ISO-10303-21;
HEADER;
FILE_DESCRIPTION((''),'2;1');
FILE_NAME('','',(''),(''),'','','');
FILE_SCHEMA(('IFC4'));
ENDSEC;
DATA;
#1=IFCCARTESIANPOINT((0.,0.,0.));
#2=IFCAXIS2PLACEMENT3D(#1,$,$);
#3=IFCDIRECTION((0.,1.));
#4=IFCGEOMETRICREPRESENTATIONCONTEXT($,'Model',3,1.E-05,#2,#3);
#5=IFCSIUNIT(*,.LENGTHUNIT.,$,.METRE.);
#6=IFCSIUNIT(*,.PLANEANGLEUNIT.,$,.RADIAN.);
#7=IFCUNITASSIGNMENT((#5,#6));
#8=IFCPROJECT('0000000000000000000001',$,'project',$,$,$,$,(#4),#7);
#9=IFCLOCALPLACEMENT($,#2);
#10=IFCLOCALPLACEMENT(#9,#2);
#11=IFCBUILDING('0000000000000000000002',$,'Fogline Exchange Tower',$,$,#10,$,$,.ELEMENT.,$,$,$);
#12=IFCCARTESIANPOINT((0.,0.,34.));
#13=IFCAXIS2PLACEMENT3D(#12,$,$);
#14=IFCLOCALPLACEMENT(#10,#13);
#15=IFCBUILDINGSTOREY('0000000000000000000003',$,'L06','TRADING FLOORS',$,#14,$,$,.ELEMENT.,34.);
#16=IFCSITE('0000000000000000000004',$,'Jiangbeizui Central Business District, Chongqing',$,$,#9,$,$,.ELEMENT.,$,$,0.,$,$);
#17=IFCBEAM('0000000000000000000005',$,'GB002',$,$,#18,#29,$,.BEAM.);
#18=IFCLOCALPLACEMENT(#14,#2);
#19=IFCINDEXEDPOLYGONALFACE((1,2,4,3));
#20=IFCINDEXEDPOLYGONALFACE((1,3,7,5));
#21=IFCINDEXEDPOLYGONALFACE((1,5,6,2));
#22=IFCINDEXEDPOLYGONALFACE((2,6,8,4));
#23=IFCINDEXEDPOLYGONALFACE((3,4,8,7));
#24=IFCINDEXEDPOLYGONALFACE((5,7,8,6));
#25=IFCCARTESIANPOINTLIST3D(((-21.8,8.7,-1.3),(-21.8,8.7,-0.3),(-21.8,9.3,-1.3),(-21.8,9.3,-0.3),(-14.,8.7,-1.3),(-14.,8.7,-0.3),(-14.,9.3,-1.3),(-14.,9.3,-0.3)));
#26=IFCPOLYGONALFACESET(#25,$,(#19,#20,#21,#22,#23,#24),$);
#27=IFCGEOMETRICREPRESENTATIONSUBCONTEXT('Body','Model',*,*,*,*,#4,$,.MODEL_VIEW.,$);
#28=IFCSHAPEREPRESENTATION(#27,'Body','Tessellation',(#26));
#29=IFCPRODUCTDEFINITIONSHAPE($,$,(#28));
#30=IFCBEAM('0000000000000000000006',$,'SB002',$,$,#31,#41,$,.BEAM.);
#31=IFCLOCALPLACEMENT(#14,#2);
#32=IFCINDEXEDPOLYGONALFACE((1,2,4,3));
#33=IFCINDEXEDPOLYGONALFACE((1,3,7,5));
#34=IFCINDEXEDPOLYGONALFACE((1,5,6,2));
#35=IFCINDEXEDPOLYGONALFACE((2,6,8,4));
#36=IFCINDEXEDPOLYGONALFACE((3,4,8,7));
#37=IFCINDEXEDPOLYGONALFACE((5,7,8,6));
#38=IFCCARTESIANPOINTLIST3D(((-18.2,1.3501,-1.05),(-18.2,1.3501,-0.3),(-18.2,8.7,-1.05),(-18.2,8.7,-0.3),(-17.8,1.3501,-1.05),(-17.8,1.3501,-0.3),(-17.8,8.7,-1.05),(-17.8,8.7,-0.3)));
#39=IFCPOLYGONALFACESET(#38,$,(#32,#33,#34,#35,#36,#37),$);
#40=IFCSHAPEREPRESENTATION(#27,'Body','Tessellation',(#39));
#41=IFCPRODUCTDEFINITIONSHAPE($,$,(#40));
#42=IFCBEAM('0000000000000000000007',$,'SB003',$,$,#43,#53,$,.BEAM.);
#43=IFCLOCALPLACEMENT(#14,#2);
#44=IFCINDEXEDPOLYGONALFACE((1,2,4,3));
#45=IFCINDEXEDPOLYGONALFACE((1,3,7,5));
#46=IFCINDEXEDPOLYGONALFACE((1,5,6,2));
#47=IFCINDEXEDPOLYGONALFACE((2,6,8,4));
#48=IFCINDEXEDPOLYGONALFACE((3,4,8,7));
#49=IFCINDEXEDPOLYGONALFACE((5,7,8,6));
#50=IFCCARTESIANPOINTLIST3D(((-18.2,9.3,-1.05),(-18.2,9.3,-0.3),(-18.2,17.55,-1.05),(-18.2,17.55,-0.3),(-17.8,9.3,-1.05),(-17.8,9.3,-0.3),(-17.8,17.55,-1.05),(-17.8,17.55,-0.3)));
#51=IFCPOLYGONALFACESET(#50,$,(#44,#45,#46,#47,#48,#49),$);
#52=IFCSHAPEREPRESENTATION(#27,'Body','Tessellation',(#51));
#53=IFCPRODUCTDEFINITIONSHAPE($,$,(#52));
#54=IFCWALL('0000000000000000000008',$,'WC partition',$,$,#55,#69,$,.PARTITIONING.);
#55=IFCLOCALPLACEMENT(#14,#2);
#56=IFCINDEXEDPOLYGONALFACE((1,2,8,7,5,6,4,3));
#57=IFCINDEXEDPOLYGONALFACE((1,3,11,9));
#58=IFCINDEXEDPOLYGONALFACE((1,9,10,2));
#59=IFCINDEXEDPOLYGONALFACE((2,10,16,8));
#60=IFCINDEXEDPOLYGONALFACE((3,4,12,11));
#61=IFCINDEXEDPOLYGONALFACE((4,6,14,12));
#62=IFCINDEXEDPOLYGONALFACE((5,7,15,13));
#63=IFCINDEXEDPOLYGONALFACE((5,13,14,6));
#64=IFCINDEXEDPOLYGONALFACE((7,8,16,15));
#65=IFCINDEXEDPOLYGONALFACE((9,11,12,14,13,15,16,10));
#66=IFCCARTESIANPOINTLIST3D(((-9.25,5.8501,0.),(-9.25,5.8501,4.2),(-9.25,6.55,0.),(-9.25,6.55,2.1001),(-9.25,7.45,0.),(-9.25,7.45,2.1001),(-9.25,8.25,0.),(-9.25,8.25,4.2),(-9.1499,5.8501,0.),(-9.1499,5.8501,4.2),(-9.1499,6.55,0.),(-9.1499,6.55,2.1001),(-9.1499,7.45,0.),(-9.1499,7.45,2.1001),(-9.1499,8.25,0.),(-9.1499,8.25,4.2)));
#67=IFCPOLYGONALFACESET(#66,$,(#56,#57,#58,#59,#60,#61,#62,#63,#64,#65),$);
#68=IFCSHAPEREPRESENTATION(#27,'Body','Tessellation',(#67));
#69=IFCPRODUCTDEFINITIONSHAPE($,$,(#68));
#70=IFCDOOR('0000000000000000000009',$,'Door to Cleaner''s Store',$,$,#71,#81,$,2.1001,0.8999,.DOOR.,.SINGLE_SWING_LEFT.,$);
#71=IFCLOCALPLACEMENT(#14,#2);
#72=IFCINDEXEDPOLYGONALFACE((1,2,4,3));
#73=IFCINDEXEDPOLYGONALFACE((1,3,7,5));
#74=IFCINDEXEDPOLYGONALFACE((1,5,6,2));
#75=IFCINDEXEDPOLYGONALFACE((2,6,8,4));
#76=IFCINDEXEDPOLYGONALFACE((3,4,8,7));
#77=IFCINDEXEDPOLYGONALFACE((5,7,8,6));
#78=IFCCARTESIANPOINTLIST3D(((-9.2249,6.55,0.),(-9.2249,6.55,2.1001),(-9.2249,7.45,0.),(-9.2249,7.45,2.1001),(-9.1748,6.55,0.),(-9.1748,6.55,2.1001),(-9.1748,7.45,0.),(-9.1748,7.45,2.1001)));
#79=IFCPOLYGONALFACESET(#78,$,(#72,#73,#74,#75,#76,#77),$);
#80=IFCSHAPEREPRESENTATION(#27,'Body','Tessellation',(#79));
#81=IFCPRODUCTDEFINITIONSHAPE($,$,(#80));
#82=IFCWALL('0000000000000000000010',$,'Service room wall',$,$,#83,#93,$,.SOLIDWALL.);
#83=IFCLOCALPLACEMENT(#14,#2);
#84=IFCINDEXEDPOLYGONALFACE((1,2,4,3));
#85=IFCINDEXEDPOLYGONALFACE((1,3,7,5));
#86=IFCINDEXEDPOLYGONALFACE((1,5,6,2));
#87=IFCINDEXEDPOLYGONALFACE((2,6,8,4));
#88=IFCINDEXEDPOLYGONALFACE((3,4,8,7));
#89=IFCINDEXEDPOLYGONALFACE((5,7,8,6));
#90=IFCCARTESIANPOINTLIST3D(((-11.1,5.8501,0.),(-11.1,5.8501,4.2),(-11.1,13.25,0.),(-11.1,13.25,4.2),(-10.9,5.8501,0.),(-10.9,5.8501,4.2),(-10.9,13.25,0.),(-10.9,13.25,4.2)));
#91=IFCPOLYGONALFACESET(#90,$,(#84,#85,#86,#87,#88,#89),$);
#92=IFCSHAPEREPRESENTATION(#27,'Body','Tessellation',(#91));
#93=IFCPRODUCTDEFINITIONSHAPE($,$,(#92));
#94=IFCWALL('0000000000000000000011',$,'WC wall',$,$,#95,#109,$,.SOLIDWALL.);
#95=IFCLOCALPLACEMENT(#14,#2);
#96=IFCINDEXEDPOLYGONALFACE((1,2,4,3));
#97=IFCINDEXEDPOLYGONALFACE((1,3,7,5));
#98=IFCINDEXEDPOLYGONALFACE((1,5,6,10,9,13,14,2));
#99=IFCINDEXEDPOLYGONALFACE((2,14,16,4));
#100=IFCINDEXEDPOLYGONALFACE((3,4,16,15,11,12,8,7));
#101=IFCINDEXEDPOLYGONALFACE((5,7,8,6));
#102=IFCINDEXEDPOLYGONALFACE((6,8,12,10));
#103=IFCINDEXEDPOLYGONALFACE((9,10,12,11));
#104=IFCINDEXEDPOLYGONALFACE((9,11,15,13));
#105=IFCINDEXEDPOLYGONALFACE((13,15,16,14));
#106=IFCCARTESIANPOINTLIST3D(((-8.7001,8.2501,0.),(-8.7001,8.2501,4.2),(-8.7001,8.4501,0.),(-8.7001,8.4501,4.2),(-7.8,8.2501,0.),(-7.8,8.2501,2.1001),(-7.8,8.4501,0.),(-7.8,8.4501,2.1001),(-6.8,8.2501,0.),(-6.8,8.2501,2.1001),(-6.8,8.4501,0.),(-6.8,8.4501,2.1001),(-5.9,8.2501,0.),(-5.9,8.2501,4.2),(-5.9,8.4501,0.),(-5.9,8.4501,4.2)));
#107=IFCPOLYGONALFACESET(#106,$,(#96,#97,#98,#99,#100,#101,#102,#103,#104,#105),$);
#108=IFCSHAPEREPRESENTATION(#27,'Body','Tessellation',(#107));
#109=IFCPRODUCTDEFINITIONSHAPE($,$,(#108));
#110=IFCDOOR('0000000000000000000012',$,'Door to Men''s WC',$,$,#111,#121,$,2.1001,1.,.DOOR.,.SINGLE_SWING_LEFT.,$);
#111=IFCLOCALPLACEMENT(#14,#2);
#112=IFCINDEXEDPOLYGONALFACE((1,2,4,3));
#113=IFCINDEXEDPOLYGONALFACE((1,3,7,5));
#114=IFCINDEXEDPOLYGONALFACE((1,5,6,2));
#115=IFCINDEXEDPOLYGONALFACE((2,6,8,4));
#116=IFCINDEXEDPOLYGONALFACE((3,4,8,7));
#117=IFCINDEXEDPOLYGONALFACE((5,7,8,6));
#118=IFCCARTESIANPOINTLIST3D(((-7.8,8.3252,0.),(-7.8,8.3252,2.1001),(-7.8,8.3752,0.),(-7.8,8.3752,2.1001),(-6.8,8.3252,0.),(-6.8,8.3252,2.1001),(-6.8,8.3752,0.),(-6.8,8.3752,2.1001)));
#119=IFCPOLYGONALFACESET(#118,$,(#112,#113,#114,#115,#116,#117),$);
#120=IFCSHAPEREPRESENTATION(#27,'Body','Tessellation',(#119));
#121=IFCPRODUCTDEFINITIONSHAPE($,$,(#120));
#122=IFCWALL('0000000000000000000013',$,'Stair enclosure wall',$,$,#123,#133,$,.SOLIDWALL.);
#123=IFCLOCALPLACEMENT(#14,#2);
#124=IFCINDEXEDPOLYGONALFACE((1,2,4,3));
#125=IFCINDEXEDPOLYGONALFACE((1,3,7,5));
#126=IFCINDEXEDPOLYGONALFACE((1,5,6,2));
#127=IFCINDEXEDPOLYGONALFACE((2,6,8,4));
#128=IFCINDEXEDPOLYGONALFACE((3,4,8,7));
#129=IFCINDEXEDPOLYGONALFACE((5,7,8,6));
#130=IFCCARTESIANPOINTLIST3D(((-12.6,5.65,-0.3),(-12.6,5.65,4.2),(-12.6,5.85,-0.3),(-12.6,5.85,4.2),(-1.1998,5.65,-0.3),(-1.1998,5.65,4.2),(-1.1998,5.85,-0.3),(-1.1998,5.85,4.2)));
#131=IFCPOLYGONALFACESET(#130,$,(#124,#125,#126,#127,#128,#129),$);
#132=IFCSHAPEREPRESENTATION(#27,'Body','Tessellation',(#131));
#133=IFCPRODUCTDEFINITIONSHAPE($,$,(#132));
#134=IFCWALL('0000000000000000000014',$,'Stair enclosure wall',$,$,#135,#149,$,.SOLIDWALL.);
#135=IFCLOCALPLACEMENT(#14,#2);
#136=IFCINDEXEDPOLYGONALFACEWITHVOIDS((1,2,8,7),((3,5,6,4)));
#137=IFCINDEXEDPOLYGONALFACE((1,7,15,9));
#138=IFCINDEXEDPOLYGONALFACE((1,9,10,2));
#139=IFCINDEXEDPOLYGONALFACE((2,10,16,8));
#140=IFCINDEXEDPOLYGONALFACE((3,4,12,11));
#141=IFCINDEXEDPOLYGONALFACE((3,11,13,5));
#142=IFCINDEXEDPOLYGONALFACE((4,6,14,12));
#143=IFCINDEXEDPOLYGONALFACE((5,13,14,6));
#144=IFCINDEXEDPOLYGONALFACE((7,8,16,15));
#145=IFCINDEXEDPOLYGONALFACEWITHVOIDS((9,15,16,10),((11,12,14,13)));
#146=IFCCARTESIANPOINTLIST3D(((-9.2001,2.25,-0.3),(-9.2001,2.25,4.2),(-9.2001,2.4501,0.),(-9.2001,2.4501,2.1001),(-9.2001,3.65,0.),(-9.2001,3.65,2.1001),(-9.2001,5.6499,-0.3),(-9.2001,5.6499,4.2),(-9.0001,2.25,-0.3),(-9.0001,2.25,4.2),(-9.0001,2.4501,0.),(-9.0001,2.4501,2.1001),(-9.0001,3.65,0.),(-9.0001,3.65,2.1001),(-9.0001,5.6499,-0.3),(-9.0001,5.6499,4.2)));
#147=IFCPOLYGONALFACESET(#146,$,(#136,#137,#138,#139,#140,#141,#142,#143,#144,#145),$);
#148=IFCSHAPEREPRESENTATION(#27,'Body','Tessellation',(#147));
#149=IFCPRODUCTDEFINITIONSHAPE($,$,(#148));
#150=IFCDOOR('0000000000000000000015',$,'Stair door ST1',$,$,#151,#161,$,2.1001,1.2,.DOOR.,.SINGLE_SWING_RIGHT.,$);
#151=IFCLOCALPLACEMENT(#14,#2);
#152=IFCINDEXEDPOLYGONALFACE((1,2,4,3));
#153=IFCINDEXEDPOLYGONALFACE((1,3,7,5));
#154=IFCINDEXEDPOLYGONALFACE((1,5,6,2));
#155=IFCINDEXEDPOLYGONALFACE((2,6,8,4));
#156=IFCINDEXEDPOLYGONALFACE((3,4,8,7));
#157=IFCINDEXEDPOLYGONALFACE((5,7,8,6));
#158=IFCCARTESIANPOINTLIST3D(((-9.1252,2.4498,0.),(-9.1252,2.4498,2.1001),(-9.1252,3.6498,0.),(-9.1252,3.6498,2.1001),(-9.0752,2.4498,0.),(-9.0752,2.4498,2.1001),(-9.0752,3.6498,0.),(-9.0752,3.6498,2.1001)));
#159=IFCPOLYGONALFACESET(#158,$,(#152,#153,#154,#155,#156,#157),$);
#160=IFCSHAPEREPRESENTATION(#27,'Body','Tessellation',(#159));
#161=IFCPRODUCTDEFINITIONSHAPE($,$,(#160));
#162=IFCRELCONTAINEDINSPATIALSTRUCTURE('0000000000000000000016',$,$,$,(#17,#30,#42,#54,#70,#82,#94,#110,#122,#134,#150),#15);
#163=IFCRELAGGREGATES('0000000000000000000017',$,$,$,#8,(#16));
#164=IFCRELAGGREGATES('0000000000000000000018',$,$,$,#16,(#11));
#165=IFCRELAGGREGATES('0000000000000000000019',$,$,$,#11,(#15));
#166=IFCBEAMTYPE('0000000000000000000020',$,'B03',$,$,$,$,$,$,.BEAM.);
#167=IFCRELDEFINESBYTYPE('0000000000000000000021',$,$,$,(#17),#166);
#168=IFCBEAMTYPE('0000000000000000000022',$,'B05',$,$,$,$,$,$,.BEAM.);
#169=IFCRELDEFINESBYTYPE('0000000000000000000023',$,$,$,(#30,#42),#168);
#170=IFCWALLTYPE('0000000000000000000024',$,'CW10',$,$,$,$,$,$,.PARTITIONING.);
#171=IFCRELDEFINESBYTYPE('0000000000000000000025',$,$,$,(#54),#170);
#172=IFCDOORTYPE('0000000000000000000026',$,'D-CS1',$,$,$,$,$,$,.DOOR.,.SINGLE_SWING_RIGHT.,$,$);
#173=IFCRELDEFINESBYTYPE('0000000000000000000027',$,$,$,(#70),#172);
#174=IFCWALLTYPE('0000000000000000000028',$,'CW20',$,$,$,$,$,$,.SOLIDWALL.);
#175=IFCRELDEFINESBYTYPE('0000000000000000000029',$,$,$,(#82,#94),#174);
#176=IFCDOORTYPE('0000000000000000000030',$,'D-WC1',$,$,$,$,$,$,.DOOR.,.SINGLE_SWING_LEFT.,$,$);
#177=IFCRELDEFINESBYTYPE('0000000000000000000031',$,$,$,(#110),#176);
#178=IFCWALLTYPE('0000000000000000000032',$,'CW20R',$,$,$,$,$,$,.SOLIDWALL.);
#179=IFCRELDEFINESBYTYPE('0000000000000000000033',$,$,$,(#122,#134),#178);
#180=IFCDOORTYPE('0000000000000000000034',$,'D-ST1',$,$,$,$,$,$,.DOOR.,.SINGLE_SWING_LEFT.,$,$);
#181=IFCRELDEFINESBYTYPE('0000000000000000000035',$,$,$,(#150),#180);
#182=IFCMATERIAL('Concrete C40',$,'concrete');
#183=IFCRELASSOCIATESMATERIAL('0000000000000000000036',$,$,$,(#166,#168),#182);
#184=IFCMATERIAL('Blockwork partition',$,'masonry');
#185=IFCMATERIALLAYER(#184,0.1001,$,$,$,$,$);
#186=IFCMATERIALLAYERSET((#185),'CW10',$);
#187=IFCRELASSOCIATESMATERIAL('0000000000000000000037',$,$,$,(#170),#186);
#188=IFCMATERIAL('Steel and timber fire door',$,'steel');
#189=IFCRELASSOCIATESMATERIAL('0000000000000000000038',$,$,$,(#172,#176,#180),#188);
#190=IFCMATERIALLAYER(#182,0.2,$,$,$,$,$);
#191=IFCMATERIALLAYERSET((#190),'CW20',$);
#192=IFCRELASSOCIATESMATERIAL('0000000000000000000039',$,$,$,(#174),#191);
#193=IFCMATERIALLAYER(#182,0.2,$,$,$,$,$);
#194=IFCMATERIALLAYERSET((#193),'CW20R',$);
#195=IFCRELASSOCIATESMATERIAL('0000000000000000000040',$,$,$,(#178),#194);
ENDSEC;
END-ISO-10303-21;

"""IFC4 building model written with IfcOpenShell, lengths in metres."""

from ifc_helpers import new_model, si_unit, direction, frame, frame_2d, origin, origin_2d, place, context, subcontext, project, spatial, rectangle, extrude, material, layer, layer_set, material_profile, profile_set, type_object, element, fill, save


model = new_model("IFC4")

# Units and contexts
model_context = context("Model", 3, precision=1e-05, world=origin(), true_north=direction((0.0, 1.0)))
body_context = subcontext(model_context, "Body", "Model", "MODEL_VIEW")
ifc_project = project(units=[si_unit("LENGTHUNIT", "METRE"), si_unit("PLANEANGLEUNIT", "RADIAN")], contexts=[model_context])

# Site, building, storey
site_placement = place(None, origin())
site = spatial("IfcSite", under=ifc_project, at=site_placement, Name="Jiangbeizui Central Business District, Chongqing", CompositionType="ELEMENT", RefElevation=0.0)
building_placement = place(site_placement, origin())
building = spatial("IfcBuilding", under=site, at=building_placement, Name="Fogline Exchange Tower", CompositionType="ELEMENT")
storey_placement = place(building_placement, frame((0.0, 0.0, 34.0)))
storey = spatial("IfcBuildingStorey", under=building, at=storey_placement, Name="L06", Description="TRADING FLOORS", CompositionType="ELEMENT", Elevation=34.0)

# Beams
ifc_material_1 = material(Name="Concrete C40", Category="concrete")
ifc_material_profile_1 = material_profile(ifc_material_1, rectangle(XDim=0.6001, YDim=1.0, at=origin_2d()), Name="RC 600x1000")
ifc_profile_set_1 = profile_set([ifc_material_profile_1], Name="Concrete C40")
beam_type_1 = type_object("IfcBeamType", Name="B03", PredefinedType="BEAM", material=ifc_profile_set_1)
beam_1_placement = place(storey_placement, frame((-21.8, 9.0, -0.8), z_axis=(1.0, 0.0, 0.0), x_axis=(0.0, 1.0, 0.0)))
element("IfcBeam", 1, at=beam_1_placement, inside=storey, type_object=beam_type_1, Name="GB002", PredefinedType="BEAM", context=body_context, shape_type="SweptSolid", body=[
    extrude(rectangle(XDim=0.6001, YDim=1.0, at=origin_2d()), origin(), (0.0, 0.0, 1.0), 7.8),
])
ifc_material_profile_2 = material_profile(ifc_material_1, rectangle(XDim=0.3999, YDim=0.75, at=origin_2d()), Name="RC 400x750")
ifc_profile_set_2 = profile_set([ifc_material_profile_2], Name="Concrete C40")
beam_type_2 = type_object("IfcBeamType", Name="B05", PredefinedType="BEAM", material=ifc_profile_set_2)
beam_2_placement = place(storey_placement, frame((-18.0, 1.3501, -0.675), z_axis=(0.0, 1.0, 0.0), x_axis=(-1.0, 0.0, 0.0)))
element("IfcBeam", 2, at=beam_2_placement, inside=storey, type_object=beam_type_2, Name="SB002", PredefinedType="BEAM", context=body_context, shape_type="SweptSolid", body=[
    extrude(rectangle(XDim=0.3999, YDim=0.75, at=origin_2d()), origin(), (0.0, 0.0, 1.0), 7.3499),
])
beam_3_placement = place(storey_placement, frame((-18.0, 9.3, -0.675), z_axis=(0.0, 1.0, 0.0), x_axis=(-1.0, 0.0, 0.0)))
element("IfcBeam", 3, at=beam_3_placement, inside=storey, type_object=beam_type_2, Name="SB003", PredefinedType="BEAM", context=body_context, shape_type="SweptSolid", body=[
    extrude(rectangle(XDim=0.3999, YDim=0.75, at=origin_2d()), origin(), (0.0, 0.0, 1.0), 8.25),
])

# Wall, opening, door
ifc_material_2 = material(Name="Blockwork partition", Category="masonry")
ifc_layer_1 = layer(ifc_material_2, 0.1001)
ifc_layer_set_1 = layer_set([ifc_layer_1], Name="CW10")
wall_type_1 = type_object("IfcWallType", Name="CW10", PredefinedType="PARTITIONING", material=ifc_layer_set_1)
wall_1_placement = place(storey_placement, frame((-9.2, 5.8501, 0.0), z_axis=(0.0, 0.0, 1.0), x_axis=(0.0, 1.0, 0.0)))
wall_1 = element("IfcWall", 4, at=wall_1_placement, inside=storey, type_object=wall_type_1, Name="WC partition", PredefinedType="PARTITIONING", context=body_context, shape_type="SweptSolid", body=[
    extrude(rectangle(XDim=2.3999, YDim=0.1001, at=frame_2d((1.2, 0.0))), origin(), (0.0, 0.0, 1.0), 4.2),
])
opening_1_placement = place(wall_1_placement, frame((0.7, 0.0, 0.0)))
opening_1 = element("IfcOpeningElement", 5, at=opening_1_placement, cuts=wall_1, PredefinedType="OPENING", context=body_context, shape_type="SweptSolid", body=[
    extrude(rectangle(XDim=0.8999, YDim=2.1001, at=frame_2d((0.45, 1.05))), frame((0.0, 0.0601, 0.0), z_axis=(0.0, -1.0, 0.0), x_axis=(1.0, 0.0, 0.0)), (0.0, 0.0, 1.0), 0.1201),
])
ifc_material_3 = material(Name="Steel and timber fire door", Category="steel")
door_type_1 = type_object("IfcDoorType", Name="D-CS1", OperationType="SINGLE_SWING_RIGHT", PredefinedType="DOOR", material=ifc_material_3)
door_1_placement = place(opening_1_placement, origin())
door_1 = element("IfcDoor", 6, at=door_1_placement, inside=storey, type_object=door_type_1, Name="Door to Cleaner's Store", OperationType="SINGLE_SWING_LEFT", OverallHeight=2.1001, OverallWidth=0.8999, PredefinedType="DOOR", context=body_context, shape_type="SweptSolid", body=[
    extrude(rectangle(XDim=0.8999, YDim=2.1001, at=frame_2d((0.45, 1.05))), frame((0.0, 0.0249, 0.0), z_axis=(0.0, -1.0, 0.0), x_axis=(1.0, 0.0, 0.0)), (0.0, 0.0, 1.0), 0.05),
])
fill(opening_1, door_1)

# Wall
ifc_layer_2 = layer(ifc_material_1, 0.2)
ifc_layer_set_2 = layer_set([ifc_layer_2], Name="CW20")
wall_type_2 = type_object("IfcWallType", Name="CW20", PredefinedType="SOLIDWALL", material=ifc_layer_set_2)
wall_2_placement = place(storey_placement, frame((-11.0, 5.8501, 0.0), z_axis=(0.0, 0.0, 1.0), x_axis=(0.0, 1.0, 0.0)))
element("IfcWall", 7, at=wall_2_placement, inside=storey, type_object=wall_type_2, Name="Service room wall", PredefinedType="SOLIDWALL", context=body_context, shape_type="SweptSolid", body=[
    extrude(rectangle(XDim=7.3999, YDim=0.2, at=frame_2d((3.7, 0.0))), origin(), (0.0, 0.0, 1.0), 4.2),
])

# Wall, opening, door
wall_3_placement = place(storey_placement, frame((-8.7, 8.3501, 0.0), z_axis=(0.0, 0.0, 1.0), x_axis=(1.0, 0.0, 0.0)))
wall_3 = element("IfcWall", 8, at=wall_3_placement, inside=storey, type_object=wall_type_2, Name="WC wall", PredefinedType="SOLIDWALL", context=body_context, shape_type="SweptSolid", body=[
    extrude(rectangle(XDim=2.8, YDim=0.2, at=frame_2d((1.3999, 0.0))), origin(), (0.0, 0.0, 1.0), 4.2),
])
opening_2_placement = place(wall_3_placement, frame((0.8999, 0.0, 0.0)))
opening_2 = element("IfcOpeningElement", 9, at=opening_2_placement, cuts=wall_3, PredefinedType="OPENING", context=body_context, shape_type="SweptSolid", body=[
    extrude(rectangle(XDim=1.0, YDim=2.1001, at=frame_2d((0.5, 1.05))), frame((0.0, 0.1099, 0.0), z_axis=(0.0, -1.0, 0.0), x_axis=(1.0, 0.0, 0.0)), (0.0, 0.0, 1.0), 0.22),
])
door_type_2 = type_object("IfcDoorType", Name="D-WC1", OperationType="SINGLE_SWING_LEFT", PredefinedType="DOOR", material=ifc_material_3)
door_2_placement = place(opening_2_placement, frame((1.0, 0.0, 0.0), z_axis=(0.0, 0.0, 1.0), x_axis=(-1.0, 0.0, 0.0)))
door_2 = element("IfcDoor", 10, at=door_2_placement, inside=storey, type_object=door_type_2, Name="Door to Men's WC", OperationType="SINGLE_SWING_LEFT", OverallHeight=2.1001, OverallWidth=1.0, PredefinedType="DOOR", context=body_context, shape_type="SweptSolid", body=[
    extrude(rectangle(XDim=1.0, YDim=2.1001, at=frame_2d((0.5, 1.05))), frame((0.0, 0.0249, 0.0), z_axis=(0.0, -1.0, 0.0), x_axis=(1.0, 0.0, 0.0)), (0.0, 0.0, 1.0), 0.05),
])
fill(opening_2, door_2)

# Wall
ifc_layer_3 = layer(ifc_material_1, 0.2)
ifc_layer_set_3 = layer_set([ifc_layer_3], Name="CW20R")
wall_type_3 = type_object("IfcWallType", Name="CW20R", PredefinedType="SOLIDWALL", material=ifc_layer_set_3)
wall_4_placement = place(storey_placement, frame((-12.6001, 5.75, -0.3), z_axis=(0.0, 0.0, 1.0), x_axis=(1.0, 0.0, 0.0)))
element("IfcWall", 11, at=wall_4_placement, inside=storey, type_object=wall_type_3, Name="Stair enclosure wall", PredefinedType="SOLIDWALL", context=body_context, shape_type="SweptSolid", body=[
    extrude(rectangle(XDim=11.4001, YDim=0.2, at=frame_2d((5.7002, 0.0))), origin(), (0.0, 0.0, 1.0), 4.5),
])

# Wall, opening, door
wall_5_placement = place(storey_placement, frame((-9.1001, 2.25, -0.3), z_axis=(0.0, 0.0, 1.0), x_axis=(0.0, 1.0, 0.0)))
wall_5 = element("IfcWall", 12, at=wall_5_placement, inside=storey, type_object=wall_type_3, Name="Stair enclosure wall", PredefinedType="SOLIDWALL", context=body_context, shape_type="SweptSolid", body=[
    extrude(rectangle(XDim=3.3999, YDim=0.2, at=frame_2d((1.7, 0.0))), origin(), (0.0, 0.0, 1.0), 4.5),
])
opening_3_placement = place(wall_5_placement, frame((0.2, 0.0, 0.3)))
opening_3 = element("IfcOpeningElement", 13, at=opening_3_placement, cuts=wall_5, PredefinedType="OPENING", context=body_context, shape_type="SweptSolid", body=[
    extrude(rectangle(XDim=1.2, YDim=2.1001, at=frame_2d((0.6001, 1.05))), frame((0.0, 0.1099, 0.0), z_axis=(0.0, -1.0, 0.0), x_axis=(1.0, 0.0, 0.0)), (0.0, 0.0, 1.0), 0.22),
])
door_type_3 = type_object("IfcDoorType", Name="D-ST1", OperationType="SINGLE_SWING_LEFT", PredefinedType="DOOR", material=ifc_material_3)
door_3_placement = place(opening_3_placement, frame((1.2, 0.0, 0.0), z_axis=(0.0, 0.0, 1.0), x_axis=(-1.0, 0.0, 0.0)))
door_3 = element("IfcDoor", 14, at=door_3_placement, inside=storey, type_object=door_type_3, Name="Stair door ST1", OperationType="SINGLE_SWING_RIGHT", OverallHeight=2.1001, OverallWidth=1.2, PredefinedType="DOOR", context=body_context, shape_type="SweptSolid", body=[
    extrude(rectangle(XDim=1.2, YDim=2.1001, at=frame_2d((0.6001, 1.05))), frame((0.0, 0.0249, 0.0), z_axis=(0.0, -1.0, 0.0), x_axis=(1.0, 0.0, 0.0)), (0.0, 0.0, 1.0), 0.05),
])
fill(opening_3, door_3)

save(model, "model.ifc")
